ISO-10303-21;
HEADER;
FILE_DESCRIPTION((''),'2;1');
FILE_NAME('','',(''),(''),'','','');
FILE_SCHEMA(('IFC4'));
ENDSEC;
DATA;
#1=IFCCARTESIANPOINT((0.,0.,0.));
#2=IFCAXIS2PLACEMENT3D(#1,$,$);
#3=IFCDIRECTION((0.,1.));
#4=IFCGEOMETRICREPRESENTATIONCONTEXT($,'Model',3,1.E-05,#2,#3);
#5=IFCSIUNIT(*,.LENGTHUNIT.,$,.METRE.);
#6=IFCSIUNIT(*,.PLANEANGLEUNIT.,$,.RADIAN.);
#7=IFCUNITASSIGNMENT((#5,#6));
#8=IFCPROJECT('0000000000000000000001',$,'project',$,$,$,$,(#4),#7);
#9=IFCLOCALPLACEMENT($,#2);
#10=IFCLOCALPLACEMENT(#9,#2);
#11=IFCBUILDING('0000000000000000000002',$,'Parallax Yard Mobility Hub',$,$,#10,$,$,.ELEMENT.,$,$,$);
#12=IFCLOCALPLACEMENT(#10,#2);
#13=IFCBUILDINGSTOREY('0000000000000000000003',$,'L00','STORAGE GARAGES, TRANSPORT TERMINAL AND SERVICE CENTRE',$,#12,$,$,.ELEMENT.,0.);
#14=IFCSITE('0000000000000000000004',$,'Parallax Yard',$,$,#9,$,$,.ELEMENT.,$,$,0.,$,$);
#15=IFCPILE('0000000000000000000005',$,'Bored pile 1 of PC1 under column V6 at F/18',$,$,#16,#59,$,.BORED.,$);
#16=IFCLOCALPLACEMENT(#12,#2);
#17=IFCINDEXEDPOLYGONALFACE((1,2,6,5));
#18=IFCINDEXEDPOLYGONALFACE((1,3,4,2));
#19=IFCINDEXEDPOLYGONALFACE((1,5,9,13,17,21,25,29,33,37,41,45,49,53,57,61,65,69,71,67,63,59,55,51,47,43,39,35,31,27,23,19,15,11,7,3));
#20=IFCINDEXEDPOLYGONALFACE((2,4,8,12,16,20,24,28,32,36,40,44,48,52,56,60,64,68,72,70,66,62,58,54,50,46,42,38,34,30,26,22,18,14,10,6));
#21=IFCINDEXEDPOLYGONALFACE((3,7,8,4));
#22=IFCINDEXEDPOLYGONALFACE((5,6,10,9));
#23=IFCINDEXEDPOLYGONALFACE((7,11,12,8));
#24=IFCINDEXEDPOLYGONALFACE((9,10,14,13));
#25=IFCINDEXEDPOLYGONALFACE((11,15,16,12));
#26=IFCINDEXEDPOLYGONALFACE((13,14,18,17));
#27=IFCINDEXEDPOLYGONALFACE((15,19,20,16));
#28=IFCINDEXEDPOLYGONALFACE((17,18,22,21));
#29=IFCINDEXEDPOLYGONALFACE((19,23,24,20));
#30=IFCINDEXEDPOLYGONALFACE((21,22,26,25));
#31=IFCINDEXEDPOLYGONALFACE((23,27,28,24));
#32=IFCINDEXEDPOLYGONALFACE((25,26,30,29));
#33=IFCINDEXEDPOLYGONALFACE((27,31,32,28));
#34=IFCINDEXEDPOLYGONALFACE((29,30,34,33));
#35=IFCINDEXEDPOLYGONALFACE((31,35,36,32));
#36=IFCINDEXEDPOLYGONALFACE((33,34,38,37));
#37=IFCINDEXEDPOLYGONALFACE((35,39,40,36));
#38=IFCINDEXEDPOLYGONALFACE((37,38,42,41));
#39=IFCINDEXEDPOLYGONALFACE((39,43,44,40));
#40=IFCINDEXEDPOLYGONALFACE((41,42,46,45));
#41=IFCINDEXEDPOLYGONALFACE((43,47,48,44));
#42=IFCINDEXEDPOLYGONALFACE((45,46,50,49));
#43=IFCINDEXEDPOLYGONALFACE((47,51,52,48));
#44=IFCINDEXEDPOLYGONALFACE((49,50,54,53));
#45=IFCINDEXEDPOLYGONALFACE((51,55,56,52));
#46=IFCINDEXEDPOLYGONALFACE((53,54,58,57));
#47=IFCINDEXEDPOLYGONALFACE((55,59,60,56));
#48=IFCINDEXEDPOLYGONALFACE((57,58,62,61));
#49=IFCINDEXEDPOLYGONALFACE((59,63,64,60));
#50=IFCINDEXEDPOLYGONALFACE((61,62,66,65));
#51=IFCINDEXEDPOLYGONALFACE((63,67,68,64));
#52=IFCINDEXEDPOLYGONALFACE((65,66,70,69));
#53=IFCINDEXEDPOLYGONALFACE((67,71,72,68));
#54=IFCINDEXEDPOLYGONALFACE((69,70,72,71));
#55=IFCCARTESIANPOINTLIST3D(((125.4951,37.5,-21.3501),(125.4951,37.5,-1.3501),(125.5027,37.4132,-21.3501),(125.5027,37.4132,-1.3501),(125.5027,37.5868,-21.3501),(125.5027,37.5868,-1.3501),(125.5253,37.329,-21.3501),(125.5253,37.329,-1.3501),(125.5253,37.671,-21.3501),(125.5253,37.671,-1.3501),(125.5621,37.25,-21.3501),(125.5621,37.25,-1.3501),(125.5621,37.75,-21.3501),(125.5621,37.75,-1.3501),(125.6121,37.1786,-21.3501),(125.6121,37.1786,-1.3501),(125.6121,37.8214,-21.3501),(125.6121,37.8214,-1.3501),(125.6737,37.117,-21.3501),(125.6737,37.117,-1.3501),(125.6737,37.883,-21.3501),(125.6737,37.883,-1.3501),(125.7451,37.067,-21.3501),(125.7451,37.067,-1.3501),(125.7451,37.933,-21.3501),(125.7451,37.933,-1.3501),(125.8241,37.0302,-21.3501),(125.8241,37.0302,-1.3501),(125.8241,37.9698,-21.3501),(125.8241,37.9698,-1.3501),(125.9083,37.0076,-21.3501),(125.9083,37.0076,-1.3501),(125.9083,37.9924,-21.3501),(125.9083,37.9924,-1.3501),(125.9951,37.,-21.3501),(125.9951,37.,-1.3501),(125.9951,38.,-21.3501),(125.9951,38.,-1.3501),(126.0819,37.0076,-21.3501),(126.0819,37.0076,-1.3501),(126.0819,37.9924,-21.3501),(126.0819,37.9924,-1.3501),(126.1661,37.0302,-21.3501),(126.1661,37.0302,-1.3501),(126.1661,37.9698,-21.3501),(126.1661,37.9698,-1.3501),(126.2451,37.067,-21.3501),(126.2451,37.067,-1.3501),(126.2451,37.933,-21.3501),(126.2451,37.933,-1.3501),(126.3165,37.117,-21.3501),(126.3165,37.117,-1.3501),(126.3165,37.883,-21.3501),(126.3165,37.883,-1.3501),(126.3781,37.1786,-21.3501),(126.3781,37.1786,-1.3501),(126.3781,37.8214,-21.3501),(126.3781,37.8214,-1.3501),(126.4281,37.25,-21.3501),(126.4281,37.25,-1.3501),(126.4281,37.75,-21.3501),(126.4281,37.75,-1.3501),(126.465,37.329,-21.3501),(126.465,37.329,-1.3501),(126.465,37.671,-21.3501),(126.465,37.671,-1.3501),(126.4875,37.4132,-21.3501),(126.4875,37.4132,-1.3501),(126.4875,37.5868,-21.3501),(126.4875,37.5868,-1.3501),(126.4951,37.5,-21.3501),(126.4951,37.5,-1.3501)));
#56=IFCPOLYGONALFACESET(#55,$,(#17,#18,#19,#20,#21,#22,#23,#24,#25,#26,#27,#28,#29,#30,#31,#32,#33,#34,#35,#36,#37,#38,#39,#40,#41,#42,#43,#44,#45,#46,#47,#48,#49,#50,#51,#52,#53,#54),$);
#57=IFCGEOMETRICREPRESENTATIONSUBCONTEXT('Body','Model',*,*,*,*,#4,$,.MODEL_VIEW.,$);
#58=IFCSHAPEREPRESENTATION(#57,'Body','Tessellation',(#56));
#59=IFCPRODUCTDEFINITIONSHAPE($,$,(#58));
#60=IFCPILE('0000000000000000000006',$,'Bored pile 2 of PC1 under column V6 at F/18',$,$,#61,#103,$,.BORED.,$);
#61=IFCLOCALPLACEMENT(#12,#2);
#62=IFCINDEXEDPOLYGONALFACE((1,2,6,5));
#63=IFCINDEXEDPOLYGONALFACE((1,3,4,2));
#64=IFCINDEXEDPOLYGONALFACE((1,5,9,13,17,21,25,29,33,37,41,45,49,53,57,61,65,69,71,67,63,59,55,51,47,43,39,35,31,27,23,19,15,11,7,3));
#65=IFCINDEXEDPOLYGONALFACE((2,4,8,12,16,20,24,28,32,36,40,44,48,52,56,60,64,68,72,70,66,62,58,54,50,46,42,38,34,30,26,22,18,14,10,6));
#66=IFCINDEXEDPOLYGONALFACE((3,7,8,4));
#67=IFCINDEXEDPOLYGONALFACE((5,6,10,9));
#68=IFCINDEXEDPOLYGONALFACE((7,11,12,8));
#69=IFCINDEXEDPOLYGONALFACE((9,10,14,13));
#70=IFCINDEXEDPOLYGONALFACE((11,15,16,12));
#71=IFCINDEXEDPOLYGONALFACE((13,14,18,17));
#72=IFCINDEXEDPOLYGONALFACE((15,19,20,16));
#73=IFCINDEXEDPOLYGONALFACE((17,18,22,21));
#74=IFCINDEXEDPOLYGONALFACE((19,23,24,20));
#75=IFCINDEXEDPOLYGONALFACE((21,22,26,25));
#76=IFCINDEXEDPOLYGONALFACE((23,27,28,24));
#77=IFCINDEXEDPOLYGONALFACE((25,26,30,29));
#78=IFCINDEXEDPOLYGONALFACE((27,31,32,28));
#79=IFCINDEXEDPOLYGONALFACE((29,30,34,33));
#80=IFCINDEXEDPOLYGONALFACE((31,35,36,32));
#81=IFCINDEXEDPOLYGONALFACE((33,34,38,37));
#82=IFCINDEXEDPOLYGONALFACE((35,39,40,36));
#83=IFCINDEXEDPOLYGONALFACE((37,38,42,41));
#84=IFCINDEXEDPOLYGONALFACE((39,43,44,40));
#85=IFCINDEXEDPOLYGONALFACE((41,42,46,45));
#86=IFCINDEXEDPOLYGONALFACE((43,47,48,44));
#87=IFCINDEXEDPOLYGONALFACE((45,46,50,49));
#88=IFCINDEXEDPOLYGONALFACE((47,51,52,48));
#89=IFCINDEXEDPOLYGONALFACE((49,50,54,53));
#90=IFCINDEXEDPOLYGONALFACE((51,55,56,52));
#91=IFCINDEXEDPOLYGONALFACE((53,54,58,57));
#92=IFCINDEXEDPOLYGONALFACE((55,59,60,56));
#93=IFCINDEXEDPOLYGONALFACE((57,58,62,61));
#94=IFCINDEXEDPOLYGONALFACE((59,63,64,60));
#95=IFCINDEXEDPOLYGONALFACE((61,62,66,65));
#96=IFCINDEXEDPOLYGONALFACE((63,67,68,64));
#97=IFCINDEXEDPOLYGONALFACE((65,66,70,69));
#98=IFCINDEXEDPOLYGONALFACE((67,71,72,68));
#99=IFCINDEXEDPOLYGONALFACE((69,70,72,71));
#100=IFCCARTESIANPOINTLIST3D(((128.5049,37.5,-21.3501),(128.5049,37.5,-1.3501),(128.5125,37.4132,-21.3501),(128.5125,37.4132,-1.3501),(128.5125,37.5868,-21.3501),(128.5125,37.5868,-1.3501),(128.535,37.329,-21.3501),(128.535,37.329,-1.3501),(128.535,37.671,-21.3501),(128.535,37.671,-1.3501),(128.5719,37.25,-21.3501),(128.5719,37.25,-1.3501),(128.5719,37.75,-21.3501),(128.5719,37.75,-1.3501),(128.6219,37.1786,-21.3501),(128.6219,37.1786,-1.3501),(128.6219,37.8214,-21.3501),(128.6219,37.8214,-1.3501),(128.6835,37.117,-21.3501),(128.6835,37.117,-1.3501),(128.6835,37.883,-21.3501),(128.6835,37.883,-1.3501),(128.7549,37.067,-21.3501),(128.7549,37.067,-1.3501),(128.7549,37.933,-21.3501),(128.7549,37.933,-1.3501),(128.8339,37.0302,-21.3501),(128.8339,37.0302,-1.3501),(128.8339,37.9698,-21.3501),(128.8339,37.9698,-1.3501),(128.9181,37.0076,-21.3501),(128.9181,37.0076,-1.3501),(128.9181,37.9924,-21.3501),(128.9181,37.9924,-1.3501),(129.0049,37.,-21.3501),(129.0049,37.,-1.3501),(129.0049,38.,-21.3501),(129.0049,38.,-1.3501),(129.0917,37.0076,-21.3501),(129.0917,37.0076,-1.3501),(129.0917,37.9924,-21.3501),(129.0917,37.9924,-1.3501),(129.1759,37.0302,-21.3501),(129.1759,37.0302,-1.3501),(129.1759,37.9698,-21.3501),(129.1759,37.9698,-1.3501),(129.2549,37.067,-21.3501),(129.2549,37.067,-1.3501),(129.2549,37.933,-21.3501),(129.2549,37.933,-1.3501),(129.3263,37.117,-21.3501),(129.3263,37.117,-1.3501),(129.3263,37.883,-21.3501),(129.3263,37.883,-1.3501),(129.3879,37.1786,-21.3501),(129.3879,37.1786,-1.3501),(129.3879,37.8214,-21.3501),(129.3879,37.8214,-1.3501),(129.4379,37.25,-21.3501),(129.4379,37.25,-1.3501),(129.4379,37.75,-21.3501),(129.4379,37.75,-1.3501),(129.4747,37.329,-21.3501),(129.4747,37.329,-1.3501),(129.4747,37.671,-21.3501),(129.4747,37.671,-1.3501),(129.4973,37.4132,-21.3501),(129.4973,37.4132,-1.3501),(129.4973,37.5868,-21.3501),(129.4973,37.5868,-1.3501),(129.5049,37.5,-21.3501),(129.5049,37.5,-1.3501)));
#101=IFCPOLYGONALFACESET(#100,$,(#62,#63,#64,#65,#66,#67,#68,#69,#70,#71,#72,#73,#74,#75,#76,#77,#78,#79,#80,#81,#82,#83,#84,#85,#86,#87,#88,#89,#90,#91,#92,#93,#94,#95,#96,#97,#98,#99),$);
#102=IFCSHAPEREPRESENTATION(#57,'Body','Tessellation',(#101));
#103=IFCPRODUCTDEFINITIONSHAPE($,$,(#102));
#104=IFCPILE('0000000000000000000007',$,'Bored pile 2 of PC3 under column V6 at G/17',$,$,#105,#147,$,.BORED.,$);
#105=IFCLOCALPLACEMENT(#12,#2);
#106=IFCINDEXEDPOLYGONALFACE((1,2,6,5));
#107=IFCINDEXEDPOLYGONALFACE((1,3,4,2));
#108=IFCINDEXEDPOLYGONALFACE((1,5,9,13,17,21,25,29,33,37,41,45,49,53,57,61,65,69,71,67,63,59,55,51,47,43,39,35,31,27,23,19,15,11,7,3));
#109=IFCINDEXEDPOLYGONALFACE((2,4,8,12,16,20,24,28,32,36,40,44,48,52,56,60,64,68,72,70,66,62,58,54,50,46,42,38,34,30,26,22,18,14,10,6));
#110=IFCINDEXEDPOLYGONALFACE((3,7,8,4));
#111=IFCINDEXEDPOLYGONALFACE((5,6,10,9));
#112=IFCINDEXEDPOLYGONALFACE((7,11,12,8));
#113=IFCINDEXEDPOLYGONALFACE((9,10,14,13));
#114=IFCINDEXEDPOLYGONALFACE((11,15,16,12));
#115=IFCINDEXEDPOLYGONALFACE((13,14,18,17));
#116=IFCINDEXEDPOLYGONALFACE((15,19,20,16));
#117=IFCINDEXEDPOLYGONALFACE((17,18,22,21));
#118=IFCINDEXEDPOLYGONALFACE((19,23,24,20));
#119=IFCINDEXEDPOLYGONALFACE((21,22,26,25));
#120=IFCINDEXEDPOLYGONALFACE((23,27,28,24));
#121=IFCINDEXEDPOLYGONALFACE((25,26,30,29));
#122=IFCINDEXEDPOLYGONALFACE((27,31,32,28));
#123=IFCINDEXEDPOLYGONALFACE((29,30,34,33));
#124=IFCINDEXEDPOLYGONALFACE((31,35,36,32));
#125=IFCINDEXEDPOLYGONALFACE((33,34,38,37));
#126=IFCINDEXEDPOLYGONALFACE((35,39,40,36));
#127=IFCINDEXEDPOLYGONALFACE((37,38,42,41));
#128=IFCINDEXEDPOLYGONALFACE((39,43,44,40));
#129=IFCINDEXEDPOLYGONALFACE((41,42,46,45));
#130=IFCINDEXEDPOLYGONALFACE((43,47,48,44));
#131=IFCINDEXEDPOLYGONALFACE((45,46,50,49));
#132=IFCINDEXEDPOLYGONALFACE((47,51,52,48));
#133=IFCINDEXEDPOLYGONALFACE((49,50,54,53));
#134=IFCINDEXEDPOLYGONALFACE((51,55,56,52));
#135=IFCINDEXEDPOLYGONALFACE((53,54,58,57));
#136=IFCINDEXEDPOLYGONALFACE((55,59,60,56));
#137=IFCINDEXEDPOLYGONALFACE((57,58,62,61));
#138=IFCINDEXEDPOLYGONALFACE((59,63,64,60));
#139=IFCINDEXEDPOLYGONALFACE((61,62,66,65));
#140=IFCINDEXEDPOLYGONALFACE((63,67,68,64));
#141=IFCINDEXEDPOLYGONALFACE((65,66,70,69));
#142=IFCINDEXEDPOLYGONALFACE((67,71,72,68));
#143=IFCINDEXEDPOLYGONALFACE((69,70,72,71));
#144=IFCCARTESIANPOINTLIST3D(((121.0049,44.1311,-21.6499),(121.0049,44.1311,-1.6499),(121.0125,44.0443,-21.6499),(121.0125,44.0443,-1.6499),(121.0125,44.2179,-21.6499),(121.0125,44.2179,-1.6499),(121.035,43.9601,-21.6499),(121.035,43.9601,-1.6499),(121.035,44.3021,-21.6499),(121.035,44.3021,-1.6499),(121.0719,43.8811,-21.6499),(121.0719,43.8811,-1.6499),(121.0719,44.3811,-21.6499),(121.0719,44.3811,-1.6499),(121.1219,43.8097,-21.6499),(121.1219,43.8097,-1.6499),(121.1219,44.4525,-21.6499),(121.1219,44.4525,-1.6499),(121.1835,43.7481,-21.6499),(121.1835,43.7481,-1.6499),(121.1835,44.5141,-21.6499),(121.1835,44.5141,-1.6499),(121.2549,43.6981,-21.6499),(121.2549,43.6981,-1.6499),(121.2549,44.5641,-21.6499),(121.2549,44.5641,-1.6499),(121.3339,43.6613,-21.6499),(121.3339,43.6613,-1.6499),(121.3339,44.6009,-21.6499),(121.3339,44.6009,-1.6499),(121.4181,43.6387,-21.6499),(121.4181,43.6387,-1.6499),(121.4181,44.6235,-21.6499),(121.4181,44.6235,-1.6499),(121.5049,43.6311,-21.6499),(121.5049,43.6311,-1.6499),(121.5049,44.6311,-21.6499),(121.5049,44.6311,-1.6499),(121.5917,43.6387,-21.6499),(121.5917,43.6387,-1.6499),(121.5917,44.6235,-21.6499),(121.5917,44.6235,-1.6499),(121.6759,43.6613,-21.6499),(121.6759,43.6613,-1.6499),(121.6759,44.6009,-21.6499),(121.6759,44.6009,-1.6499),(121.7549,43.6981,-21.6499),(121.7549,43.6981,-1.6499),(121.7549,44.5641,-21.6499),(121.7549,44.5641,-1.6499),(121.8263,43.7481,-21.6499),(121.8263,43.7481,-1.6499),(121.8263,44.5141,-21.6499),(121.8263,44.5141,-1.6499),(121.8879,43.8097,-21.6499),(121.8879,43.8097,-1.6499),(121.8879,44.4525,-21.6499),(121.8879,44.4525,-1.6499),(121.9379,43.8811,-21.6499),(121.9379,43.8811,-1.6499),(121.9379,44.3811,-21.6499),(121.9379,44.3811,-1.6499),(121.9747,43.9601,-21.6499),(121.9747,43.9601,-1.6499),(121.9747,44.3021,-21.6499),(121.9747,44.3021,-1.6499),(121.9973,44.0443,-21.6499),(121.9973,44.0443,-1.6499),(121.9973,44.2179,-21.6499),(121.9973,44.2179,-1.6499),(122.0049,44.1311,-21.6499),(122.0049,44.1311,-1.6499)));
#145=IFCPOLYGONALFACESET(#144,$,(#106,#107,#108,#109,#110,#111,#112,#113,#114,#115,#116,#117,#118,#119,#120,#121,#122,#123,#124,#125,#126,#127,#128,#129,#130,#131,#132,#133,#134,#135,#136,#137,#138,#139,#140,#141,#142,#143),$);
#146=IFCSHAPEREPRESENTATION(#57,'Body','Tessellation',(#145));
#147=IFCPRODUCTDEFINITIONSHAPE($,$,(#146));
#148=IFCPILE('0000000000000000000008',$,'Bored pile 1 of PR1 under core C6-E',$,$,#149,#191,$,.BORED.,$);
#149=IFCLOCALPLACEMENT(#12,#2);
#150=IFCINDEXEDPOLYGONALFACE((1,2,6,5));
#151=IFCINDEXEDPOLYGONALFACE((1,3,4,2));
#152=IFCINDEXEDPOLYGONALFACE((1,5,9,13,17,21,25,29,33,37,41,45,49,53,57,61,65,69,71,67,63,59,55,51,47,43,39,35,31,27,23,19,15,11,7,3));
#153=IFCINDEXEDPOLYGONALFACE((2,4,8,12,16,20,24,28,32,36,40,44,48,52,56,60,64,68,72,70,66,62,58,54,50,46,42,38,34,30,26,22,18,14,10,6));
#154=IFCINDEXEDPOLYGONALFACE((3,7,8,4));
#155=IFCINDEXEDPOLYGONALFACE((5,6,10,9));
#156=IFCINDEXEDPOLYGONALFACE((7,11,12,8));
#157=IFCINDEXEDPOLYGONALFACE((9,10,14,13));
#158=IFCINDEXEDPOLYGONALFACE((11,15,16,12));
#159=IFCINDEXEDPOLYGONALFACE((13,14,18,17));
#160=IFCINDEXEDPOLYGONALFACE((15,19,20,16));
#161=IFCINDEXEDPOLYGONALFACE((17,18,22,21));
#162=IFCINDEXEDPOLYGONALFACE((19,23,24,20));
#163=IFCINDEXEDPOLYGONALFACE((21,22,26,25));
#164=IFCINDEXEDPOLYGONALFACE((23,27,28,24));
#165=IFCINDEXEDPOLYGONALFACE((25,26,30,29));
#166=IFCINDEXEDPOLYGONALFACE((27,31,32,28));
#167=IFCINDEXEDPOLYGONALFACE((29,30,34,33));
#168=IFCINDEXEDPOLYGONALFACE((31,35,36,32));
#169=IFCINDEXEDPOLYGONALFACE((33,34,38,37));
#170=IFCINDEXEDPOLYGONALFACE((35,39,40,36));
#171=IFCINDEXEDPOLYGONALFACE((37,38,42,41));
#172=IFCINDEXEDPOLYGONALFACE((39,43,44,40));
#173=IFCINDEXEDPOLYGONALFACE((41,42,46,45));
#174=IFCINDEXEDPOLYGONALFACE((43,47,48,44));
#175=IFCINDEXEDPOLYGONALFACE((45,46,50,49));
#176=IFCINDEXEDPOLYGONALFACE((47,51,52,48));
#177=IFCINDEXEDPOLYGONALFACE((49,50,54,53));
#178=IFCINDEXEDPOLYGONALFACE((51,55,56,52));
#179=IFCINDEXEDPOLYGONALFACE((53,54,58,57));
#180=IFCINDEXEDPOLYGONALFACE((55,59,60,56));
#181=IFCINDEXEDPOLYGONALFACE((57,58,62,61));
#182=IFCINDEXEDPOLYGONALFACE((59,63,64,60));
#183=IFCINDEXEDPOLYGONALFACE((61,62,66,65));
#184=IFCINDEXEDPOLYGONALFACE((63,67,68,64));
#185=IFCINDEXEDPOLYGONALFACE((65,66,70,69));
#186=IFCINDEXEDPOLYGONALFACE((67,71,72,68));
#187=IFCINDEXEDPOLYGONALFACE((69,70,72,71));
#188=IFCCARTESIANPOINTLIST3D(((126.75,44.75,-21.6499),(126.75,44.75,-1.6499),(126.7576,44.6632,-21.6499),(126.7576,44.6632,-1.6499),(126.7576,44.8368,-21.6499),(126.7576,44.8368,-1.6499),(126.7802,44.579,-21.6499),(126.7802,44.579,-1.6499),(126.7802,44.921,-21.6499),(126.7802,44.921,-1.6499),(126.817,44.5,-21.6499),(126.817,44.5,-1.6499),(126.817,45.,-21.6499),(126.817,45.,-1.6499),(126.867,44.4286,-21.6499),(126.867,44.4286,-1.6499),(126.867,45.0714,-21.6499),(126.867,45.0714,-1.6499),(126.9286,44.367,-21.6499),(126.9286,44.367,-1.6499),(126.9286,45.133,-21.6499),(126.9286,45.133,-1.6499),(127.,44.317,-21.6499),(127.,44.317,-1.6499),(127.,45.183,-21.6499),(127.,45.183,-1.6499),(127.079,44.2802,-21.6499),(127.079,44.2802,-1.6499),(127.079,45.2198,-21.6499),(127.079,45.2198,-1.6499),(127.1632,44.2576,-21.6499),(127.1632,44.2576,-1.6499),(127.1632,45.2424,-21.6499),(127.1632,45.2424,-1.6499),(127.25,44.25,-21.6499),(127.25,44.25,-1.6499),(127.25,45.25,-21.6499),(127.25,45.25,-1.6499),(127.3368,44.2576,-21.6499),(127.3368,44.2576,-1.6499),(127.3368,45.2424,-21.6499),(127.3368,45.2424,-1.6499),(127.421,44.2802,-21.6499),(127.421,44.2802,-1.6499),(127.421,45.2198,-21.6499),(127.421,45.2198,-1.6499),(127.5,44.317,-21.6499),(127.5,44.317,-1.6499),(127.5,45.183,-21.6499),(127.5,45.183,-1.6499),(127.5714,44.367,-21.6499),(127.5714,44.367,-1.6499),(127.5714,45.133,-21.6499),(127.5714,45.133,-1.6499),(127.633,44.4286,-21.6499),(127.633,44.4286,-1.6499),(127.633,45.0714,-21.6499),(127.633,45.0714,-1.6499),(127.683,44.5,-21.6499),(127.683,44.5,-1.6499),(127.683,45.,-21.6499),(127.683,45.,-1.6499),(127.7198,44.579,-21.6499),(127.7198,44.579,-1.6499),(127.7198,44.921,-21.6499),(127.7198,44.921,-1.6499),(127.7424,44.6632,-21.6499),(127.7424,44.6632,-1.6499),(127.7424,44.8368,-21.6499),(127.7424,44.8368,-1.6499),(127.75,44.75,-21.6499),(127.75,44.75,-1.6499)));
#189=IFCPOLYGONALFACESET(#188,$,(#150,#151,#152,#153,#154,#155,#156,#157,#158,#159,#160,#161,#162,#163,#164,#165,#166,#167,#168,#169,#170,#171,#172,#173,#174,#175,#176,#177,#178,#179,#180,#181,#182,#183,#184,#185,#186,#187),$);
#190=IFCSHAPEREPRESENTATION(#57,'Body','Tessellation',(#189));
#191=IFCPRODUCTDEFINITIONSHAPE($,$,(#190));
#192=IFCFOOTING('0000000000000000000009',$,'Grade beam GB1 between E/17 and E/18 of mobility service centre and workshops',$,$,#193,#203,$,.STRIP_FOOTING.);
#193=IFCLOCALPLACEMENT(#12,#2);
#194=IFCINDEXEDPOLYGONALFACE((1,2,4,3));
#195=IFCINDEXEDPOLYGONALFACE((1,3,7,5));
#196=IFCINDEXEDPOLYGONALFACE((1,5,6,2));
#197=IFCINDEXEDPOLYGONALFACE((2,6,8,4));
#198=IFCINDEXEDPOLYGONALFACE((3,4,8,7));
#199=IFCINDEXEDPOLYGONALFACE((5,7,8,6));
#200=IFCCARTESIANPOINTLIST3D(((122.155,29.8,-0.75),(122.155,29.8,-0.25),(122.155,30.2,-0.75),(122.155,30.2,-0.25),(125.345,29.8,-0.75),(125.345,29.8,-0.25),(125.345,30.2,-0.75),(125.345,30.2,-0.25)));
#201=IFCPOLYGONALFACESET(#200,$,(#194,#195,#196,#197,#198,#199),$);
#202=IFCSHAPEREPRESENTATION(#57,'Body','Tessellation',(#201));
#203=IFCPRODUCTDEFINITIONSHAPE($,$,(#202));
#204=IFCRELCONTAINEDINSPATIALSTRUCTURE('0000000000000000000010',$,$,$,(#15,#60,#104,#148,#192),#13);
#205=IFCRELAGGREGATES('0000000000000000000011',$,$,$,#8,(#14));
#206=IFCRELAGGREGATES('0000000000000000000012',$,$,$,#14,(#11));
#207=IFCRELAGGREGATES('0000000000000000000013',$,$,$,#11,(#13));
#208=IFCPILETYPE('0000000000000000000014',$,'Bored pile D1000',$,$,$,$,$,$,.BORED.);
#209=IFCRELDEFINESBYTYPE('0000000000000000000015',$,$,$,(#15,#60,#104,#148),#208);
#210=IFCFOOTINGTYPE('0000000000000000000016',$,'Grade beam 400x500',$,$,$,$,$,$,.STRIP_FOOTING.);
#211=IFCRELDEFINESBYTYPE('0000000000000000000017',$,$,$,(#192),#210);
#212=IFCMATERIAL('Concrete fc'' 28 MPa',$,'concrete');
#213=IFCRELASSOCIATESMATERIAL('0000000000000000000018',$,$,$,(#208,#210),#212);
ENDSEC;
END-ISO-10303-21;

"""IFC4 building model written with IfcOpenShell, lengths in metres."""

from ifc_helpers import new_model, si_unit, direction, frame, origin, origin_2d, place, context, subcontext, project, spatial, rectangle, circle, extrude, material, material_profile, profile_set, type_object, element, save


model = new_model("IFC4")

# Units and contexts
model_context = context("Model", 3, precision=1e-05, world=origin(), true_north=direction((0.0, 1.0)))
body_context = subcontext(model_context, "Body", "Model", "MODEL_VIEW")
ifc_project = project(units=[si_unit("LENGTHUNIT", "METRE"), si_unit("PLANEANGLEUNIT", "RADIAN")], contexts=[model_context])

# Site, building, storey
site_placement = place(None, origin())
site = spatial("IfcSite", under=ifc_project, at=site_placement, Name="Parallax Yard", CompositionType="ELEMENT", RefElevation=0.0)
building_placement = place(site_placement, origin())
building = spatial("IfcBuilding", under=site, at=building_placement, Name="Parallax Yard Mobility Hub", CompositionType="ELEMENT")
storey_placement = place(building_placement, origin())
storey = spatial("IfcBuildingStorey", under=building, at=storey_placement, Name="L00", Description="STORAGE GARAGES, TRANSPORT TERMINAL AND SERVICE CENTRE", CompositionType="ELEMENT", Elevation=0.0)

# Piles
ifc_material_1 = material(Name="Concrete fc' 28 MPa", Category="concrete")
ifc_material_profile_1 = material_profile(ifc_material_1, circle(Radius=0.5, at=origin_2d()), Name="Bored pile D1000")
ifc_profile_set_1 = profile_set([ifc_material_profile_1], Name="Concrete fc' 28 MPa")
pile_type = type_object("IfcPileType", Name="Bored pile D1000", PredefinedType="BORED", material=ifc_profile_set_1)
for number, where, z_axis, x_axis, name in (
    (1, (125.9951, 37.5, -1.3501), (0.0, 0.0, -1.0), (1.0, 0.0, 0.0), "Bored pile 1 of PC1 under column V6 at F/18"),
    (2, (129.0049, 37.5, -1.3501), (0.0, 0.0, -1.0), (1.0, 0.0, 0.0), "Bored pile 2 of PC1 under column V6 at F/18"),
    (3, (121.5049, 44.1311, -1.6499), (0.0, 0.0, -1.0), (1.0, 0.0, 0.0), "Bored pile 2 of PC3 under column V6 at G/17"),
    (4, (127.25, 44.75, -1.6499), (0.0, 0.0, -1.0), (1.0, 0.0, 0.0), "Bored pile 1 of PR1 under core C6-E"),
):
    element("IfcPile", number, at=place(storey_placement, frame(where, z_axis=z_axis, x_axis=x_axis)), inside=storey, type_object=pile_type, Name=name, PredefinedType="BORED", context=body_context, shape_type="SweptSolid", body=[
        extrude(circle(Radius=0.5, at=origin_2d()), origin(), (0.0, 0.0, 1.0), 20.0),
    ])

# Footing
ifc_material_profile_2 = material_profile(ifc_material_1, rectangle(XDim=0.3999, YDim=0.5, at=origin_2d()), Name="Grade beam 400x500")
ifc_profile_set_2 = profile_set([ifc_material_profile_2], Name="Concrete fc' 28 MPa")
footing_type_1 = type_object("IfcFootingType", Name="Grade beam 400x500", PredefinedType="STRIP_FOOTING", material=ifc_profile_set_2)
for number, where, z_axis, x_axis, name in (
    (5, (122.155, 30.0, -0.5), (1.0, 0.0, 0.0), (0.0, 1.0, 0.0), "Grade beam GB1 between E/17 and E/18 of mobility service centre and workshops"),
):
    element("IfcFooting", number, at=place(storey_placement, frame(where, z_axis=z_axis, x_axis=x_axis)), inside=storey, type_object=footing_type_1, Name=name, PredefinedType="STRIP_FOOTING", context=body_context, shape_type="SweptSolid", body=[
        extrude(rectangle(XDim=0.3999, YDim=0.5, at=origin_2d()), origin(), (0.0, 0.0, 1.0), 3.1899),
    ])

save(model, "model.ifc")
